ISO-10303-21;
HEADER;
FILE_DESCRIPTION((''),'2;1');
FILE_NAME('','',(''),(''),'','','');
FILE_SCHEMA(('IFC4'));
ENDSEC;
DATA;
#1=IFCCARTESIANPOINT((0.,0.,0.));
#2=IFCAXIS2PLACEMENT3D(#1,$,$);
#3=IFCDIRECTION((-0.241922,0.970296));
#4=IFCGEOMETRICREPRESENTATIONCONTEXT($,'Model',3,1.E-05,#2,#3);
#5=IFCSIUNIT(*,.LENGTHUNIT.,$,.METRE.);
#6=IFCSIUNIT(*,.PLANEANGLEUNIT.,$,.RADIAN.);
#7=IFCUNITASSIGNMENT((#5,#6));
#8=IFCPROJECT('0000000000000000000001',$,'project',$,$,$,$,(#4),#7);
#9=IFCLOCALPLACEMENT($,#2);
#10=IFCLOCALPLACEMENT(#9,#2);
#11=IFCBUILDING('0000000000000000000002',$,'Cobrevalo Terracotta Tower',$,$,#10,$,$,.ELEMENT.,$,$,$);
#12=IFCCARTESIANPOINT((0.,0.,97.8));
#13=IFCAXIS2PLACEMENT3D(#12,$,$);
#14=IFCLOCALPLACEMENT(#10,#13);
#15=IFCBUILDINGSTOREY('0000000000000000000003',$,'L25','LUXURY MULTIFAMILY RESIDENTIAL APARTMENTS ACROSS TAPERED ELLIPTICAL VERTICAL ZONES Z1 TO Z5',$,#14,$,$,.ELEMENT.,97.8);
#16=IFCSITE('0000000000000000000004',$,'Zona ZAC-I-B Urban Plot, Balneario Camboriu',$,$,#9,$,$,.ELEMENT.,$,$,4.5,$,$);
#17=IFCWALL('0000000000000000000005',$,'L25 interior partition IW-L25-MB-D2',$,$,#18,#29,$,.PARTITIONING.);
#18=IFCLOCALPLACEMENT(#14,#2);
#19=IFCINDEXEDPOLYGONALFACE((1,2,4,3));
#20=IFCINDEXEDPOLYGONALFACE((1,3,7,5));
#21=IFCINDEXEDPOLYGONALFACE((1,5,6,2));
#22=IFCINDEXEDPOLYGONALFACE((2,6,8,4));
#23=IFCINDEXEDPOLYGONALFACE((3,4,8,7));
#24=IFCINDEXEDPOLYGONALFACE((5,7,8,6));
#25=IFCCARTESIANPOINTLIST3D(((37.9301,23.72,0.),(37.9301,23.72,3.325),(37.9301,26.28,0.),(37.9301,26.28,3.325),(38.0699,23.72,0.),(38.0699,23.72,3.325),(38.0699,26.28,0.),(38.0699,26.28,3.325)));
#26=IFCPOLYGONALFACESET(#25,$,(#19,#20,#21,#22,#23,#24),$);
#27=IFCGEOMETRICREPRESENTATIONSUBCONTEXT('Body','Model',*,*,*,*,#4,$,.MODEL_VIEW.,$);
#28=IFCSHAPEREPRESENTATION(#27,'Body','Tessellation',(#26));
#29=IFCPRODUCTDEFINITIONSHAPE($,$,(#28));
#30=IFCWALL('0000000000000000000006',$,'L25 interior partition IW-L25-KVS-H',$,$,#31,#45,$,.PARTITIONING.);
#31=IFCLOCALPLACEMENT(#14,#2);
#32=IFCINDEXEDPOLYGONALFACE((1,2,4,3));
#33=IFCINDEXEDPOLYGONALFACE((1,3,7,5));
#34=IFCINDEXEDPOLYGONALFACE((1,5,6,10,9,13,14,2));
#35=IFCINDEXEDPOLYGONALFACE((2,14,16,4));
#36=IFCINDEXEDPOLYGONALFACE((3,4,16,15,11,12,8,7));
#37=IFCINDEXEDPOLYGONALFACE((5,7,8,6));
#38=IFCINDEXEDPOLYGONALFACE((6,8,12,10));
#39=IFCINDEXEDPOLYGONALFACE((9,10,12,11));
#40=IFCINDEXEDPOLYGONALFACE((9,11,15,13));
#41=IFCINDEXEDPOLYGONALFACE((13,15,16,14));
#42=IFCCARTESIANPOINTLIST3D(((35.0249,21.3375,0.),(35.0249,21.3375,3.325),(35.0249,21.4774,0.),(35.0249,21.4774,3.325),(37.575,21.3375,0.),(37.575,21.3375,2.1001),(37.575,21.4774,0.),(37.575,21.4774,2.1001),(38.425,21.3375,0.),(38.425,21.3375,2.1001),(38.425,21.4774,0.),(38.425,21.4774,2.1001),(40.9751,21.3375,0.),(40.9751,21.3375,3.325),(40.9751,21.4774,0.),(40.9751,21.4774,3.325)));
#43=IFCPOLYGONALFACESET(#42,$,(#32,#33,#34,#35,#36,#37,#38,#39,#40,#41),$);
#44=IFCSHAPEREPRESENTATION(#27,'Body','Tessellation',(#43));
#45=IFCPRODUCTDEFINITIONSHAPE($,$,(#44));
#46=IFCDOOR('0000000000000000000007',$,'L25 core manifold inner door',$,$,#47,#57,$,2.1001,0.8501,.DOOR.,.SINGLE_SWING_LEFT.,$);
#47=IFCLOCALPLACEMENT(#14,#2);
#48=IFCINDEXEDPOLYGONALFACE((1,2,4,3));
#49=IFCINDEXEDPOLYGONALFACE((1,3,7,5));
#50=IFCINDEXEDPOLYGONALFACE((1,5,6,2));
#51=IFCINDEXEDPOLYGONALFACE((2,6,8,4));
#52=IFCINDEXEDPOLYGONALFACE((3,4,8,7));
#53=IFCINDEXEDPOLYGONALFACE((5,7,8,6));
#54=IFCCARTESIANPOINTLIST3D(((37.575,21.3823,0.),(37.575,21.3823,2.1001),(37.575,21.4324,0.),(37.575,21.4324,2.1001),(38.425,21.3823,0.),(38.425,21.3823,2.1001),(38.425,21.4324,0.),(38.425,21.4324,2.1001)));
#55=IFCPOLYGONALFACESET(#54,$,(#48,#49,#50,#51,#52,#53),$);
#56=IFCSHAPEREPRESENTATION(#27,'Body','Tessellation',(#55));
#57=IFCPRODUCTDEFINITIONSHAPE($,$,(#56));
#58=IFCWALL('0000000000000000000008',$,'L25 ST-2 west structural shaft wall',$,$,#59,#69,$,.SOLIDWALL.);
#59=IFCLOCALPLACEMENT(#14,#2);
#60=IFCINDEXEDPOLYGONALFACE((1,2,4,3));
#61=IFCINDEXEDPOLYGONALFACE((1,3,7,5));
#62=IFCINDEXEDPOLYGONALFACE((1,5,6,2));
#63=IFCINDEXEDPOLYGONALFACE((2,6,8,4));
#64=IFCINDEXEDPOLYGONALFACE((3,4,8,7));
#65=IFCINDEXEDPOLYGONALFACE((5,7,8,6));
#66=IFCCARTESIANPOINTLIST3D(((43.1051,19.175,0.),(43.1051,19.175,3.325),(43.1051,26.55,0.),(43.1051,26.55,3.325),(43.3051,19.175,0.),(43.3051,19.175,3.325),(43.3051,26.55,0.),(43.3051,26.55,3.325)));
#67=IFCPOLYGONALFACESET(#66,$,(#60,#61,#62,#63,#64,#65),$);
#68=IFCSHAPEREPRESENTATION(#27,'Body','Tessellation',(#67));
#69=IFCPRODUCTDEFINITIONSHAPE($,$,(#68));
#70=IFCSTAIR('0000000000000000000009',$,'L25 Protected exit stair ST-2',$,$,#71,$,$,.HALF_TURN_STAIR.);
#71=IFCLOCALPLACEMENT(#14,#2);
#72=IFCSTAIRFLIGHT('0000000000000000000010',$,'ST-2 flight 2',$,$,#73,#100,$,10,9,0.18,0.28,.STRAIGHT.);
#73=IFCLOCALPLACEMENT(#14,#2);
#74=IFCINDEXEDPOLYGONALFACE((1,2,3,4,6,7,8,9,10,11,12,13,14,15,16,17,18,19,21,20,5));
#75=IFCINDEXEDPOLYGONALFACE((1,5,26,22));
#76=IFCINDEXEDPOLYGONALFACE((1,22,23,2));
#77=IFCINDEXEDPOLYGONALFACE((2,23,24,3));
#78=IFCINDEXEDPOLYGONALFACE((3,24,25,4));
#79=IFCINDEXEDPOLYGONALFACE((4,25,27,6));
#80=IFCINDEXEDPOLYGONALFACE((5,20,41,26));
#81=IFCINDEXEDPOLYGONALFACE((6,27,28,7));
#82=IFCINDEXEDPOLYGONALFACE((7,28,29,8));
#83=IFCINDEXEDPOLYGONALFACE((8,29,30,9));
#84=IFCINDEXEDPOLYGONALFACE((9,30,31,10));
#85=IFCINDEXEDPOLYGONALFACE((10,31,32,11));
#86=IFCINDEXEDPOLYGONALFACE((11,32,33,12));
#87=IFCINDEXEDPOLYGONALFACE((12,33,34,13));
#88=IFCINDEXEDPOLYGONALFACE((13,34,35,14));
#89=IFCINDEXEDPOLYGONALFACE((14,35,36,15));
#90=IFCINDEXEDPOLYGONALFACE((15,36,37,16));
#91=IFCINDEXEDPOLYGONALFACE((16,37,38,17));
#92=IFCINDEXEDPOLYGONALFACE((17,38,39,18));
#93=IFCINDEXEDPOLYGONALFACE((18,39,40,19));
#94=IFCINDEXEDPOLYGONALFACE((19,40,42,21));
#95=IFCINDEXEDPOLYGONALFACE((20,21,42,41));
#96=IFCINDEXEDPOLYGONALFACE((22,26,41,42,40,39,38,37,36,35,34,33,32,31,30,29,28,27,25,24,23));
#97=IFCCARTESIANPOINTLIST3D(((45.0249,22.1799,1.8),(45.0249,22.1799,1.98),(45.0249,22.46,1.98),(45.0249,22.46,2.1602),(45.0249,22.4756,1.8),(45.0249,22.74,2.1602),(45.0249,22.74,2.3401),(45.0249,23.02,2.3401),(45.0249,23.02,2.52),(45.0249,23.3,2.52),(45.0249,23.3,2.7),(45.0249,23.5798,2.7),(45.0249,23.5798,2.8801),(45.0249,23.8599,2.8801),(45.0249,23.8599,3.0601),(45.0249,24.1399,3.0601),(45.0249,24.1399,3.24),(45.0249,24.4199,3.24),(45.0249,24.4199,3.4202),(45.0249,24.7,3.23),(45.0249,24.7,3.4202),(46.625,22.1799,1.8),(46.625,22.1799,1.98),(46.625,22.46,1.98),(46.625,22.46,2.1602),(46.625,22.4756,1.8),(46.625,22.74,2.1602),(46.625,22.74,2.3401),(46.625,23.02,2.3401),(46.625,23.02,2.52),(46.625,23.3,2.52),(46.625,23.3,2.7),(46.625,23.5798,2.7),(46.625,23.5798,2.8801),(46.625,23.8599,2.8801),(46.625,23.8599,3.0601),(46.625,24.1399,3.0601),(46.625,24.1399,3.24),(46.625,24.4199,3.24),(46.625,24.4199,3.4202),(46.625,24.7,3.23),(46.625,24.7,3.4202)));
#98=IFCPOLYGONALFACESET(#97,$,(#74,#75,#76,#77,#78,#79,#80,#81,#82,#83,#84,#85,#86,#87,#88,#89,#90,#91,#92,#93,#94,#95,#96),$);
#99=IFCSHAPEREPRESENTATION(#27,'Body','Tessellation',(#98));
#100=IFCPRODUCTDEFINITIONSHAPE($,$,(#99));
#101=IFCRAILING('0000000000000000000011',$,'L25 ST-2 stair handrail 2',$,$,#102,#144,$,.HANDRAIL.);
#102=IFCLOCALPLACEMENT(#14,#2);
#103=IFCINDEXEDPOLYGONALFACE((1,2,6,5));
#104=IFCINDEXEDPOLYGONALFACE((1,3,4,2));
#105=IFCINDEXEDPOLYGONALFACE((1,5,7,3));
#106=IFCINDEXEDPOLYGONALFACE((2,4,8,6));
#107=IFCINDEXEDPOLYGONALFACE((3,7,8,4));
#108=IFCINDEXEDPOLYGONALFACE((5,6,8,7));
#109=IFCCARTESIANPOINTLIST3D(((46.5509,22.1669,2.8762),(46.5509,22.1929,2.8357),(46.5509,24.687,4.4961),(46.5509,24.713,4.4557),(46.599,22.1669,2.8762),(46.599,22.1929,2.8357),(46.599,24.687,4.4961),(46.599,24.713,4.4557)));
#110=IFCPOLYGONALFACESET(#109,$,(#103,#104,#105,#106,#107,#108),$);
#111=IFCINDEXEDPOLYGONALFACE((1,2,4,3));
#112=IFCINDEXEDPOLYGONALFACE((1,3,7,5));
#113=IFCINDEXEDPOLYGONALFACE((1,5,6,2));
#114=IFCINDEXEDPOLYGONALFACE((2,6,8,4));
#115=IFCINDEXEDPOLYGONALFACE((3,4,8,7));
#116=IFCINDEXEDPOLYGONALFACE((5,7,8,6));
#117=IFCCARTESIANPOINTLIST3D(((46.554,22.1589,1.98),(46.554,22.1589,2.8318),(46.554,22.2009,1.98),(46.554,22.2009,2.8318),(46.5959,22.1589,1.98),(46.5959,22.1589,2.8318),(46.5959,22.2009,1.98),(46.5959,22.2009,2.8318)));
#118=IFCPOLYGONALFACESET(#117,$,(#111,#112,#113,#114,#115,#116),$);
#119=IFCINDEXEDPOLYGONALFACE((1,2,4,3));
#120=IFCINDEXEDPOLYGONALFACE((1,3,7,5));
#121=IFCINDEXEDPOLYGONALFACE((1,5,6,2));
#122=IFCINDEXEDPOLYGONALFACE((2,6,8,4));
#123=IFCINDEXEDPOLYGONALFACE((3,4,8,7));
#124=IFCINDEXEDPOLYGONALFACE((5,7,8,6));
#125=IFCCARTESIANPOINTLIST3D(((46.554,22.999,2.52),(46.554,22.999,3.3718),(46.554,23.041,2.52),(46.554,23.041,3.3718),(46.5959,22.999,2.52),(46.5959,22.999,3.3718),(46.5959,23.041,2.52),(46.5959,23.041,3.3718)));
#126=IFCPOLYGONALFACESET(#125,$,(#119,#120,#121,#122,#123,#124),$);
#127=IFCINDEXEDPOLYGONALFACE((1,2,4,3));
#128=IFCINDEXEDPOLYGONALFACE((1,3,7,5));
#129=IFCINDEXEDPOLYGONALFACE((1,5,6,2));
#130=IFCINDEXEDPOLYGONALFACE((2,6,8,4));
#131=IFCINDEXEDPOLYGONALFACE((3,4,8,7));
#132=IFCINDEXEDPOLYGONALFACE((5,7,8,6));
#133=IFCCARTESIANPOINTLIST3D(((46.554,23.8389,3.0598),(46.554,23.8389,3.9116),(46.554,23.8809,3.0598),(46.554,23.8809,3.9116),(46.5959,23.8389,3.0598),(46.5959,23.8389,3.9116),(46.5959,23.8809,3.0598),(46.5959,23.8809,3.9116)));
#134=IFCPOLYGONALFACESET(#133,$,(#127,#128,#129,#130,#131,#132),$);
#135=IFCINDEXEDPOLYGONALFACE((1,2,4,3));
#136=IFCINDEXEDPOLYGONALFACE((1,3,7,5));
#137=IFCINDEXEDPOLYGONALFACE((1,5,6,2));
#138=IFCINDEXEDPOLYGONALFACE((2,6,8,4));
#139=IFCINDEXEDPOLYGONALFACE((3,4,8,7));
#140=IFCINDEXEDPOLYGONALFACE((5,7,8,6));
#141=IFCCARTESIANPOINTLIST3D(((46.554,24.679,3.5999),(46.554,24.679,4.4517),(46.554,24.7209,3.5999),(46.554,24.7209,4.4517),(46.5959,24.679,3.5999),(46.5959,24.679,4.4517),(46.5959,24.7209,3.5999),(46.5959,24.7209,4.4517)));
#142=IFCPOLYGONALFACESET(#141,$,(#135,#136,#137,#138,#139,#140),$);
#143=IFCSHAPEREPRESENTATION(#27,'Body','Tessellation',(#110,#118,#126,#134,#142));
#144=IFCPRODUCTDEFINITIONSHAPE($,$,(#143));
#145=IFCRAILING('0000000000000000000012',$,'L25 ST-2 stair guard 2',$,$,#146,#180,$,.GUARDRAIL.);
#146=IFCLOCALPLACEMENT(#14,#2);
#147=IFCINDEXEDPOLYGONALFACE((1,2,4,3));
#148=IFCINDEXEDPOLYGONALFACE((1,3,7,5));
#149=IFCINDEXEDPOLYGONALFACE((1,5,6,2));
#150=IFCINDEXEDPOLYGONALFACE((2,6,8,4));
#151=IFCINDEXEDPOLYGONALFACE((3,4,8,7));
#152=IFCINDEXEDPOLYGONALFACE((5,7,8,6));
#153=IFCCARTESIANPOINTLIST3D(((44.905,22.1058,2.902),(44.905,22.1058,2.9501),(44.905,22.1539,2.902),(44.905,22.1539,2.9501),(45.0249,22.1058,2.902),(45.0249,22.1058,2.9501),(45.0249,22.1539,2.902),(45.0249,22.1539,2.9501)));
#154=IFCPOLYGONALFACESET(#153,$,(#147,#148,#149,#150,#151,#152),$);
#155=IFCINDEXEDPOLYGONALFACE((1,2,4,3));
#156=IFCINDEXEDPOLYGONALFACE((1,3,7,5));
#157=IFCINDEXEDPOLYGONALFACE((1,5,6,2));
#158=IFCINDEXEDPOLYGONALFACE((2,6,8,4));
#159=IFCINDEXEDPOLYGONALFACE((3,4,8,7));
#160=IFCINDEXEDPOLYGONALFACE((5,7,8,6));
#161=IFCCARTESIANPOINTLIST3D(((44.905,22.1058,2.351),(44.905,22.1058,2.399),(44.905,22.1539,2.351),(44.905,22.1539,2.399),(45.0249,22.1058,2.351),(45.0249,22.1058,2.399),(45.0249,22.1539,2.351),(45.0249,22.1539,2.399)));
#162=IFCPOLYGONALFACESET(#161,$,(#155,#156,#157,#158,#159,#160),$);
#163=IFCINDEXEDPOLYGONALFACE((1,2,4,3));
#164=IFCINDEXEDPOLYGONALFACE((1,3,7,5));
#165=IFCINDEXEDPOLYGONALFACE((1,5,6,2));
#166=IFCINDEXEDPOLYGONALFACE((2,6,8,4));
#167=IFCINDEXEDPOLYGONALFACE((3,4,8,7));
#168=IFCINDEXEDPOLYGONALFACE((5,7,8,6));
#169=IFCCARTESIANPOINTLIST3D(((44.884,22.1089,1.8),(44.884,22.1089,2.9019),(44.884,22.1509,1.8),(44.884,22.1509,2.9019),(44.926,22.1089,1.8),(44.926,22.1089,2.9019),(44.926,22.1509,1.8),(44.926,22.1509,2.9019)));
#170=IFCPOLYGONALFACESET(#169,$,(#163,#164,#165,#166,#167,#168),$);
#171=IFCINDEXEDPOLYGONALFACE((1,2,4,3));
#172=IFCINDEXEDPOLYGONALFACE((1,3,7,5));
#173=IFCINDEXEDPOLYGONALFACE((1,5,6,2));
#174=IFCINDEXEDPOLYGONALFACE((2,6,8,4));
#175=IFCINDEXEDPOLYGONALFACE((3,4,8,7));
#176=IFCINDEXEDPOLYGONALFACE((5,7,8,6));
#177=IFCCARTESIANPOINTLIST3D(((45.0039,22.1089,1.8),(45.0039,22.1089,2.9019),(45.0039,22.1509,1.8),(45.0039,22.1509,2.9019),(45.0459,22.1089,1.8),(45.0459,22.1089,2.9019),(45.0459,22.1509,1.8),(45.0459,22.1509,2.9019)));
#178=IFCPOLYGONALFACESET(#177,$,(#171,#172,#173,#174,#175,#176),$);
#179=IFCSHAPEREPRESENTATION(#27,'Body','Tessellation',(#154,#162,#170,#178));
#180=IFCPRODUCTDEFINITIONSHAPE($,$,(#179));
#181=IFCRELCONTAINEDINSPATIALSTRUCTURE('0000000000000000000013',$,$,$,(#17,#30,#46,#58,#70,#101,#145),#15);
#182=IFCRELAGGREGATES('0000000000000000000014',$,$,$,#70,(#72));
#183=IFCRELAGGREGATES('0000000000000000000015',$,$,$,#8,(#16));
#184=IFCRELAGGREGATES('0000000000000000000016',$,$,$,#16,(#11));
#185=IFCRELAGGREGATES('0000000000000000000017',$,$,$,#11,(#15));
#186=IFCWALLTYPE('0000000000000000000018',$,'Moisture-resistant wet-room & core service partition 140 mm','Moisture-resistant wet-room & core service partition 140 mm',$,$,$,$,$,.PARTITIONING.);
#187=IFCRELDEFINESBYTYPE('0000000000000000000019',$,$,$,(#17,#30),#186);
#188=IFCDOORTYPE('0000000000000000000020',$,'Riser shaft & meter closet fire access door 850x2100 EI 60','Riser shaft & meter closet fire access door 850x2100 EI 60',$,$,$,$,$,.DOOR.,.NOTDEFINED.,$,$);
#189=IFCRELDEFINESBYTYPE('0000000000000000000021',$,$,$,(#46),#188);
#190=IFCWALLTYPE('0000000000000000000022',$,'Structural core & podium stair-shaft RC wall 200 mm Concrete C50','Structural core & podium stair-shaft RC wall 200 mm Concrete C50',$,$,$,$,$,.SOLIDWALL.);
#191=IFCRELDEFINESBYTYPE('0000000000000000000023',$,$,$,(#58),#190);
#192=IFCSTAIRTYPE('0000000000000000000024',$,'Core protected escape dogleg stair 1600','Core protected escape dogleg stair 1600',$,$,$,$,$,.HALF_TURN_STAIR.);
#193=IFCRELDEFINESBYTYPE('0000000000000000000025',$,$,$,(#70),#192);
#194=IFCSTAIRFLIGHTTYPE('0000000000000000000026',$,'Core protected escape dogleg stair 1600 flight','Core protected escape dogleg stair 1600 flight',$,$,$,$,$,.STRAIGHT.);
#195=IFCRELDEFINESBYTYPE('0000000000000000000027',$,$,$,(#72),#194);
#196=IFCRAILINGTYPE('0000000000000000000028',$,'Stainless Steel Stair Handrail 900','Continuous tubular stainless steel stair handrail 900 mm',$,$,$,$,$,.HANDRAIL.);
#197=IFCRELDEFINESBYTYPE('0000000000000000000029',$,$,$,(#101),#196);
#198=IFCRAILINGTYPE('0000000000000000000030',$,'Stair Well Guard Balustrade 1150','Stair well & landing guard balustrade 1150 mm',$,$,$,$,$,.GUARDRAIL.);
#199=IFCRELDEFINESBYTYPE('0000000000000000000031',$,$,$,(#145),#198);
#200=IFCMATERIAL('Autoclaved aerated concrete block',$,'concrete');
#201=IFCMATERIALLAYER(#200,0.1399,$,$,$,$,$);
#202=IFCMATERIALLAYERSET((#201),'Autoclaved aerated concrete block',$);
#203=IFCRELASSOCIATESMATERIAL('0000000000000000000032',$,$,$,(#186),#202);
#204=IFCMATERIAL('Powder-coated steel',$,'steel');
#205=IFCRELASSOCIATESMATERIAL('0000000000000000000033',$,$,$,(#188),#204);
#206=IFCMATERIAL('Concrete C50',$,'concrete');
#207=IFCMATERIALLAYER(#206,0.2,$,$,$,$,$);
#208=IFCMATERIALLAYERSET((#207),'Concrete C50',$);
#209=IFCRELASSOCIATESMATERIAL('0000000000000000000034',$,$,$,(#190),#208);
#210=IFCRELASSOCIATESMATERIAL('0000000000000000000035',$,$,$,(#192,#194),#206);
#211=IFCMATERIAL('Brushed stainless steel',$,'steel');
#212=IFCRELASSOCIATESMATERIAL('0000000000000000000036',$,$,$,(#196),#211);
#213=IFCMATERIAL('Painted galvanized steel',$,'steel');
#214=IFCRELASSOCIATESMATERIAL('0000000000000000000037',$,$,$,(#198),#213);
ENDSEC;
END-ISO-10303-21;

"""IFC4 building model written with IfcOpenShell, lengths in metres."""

from ifc_helpers import new_model, si_unit, direction, frame, frame_2d, origin, origin_2d, place, context, subcontext, project, spatial, polyline, rectangle, outline, extrude, source, transform, mapped, material, layer, layer_set, type_object, element, fill, aggregate, save


model = new_model("IFC4")

# Units and contexts
model_context = context("Model", 3, precision=1e-05, world=origin(), true_north=direction((-0.241922, 0.970296)))
body_context = subcontext(model_context, "Body", "Model", "MODEL_VIEW")
ifc_project = project(units=[si_unit("LENGTHUNIT", "METRE"), si_unit("PLANEANGLEUNIT", "RADIAN")], contexts=[model_context])

# Site, building, storey
site_placement = place(None, origin())
site = spatial("IfcSite", under=ifc_project, at=site_placement, Name="Zona ZAC-I-B Urban Plot, Balneario Camboriu", CompositionType="ELEMENT", RefElevation=4.5)
building_placement = place(site_placement, origin())
building = spatial("IfcBuilding", under=site, at=building_placement, Name="Cobrevalo Terracotta Tower", CompositionType="ELEMENT")
storey_placement = place(building_placement, frame((0.0, 0.0, 97.8)))
storey = spatial("IfcBuildingStorey", under=building, at=storey_placement, Name="L25", Description="LUXURY MULTIFAMILY RESIDENTIAL APARTMENTS ACROSS TAPERED ELLIPTICAL VERTICAL ZONES Z1 TO Z5", CompositionType="ELEMENT", Elevation=97.8)

# Shared definitions
ifc_material_1 = material(Name="Autoclaved aerated concrete block", Category="concrete")

# Wall
ifc_layer_1 = layer(ifc_material_1, 0.1399)
ifc_layer_set_1 = layer_set([ifc_layer_1], Name="Autoclaved aerated concrete block")
wall_type_1 = type_object("IfcWallType", Name="Moisture-resistant wet-room & core service partition 140 mm", Description="Moisture-resistant wet-room & core service partition 140 mm", PredefinedType="PARTITIONING", material=ifc_layer_set_1)
wall_1_placement = place(storey_placement, frame((38.0, 23.72, 0.0), z_axis=(0.0, 0.0, 1.0), x_axis=(0.0, 1.0, 0.0)))
element("IfcWall", 1, at=wall_1_placement, inside=storey, type_object=wall_type_1, Name="L25 interior partition IW-L25-MB-D2", PredefinedType="PARTITIONING", context=body_context, shape_type="SweptSolid", body=[
    extrude(rectangle(XDim=2.5601, YDim=0.1399, at=frame_2d((1.28, 0.0))), origin(), (0.0, 0.0, 1.0), 3.325),
])

# Wall, opening, door
wall_2_placement = place(storey_placement, frame((35.0249, 21.4075, 0.0), z_axis=(0.0, 0.0, 1.0), x_axis=(1.0, 0.0, 0.0)))
wall_2 = element("IfcWall", 2, at=wall_2_placement, inside=storey, type_object=wall_type_1, Name="L25 interior partition IW-L25-KVS-H", PredefinedType="PARTITIONING", context=body_context, shape_type="SweptSolid", body=[
    extrude(rectangle(XDim=5.9502, YDim=0.1399, at=frame_2d((2.9751, 0.0))), origin(), (0.0, 0.0, 1.0), 3.325),
])
opening_1_placement = place(wall_2_placement, frame((2.55, 0.0, 0.0)))
opening_1 = element("IfcOpeningElement", 3, at=opening_1_placement, cuts=wall_2, PredefinedType="OPENING", context=body_context, shape_type="SweptSolid", body=[
    extrude(rectangle(XDim=0.8501, YDim=2.1001, at=frame_2d((0.425, 1.05))), frame((0.0, 0.0801, 0.0), z_axis=(0.0, -1.0, 0.0), x_axis=(1.0, 0.0, 0.0)), (0.0, 0.0, 1.0), 0.1599),
])
ifc_material_2 = material(Name="Powder-coated steel", Category="steel")
door_type_1 = type_object("IfcDoorType", Name="Riser shaft & meter closet fire access door 850x2100 EI 60", Description="Riser shaft & meter closet fire access door 850x2100 EI 60", OperationType="NOTDEFINED", PredefinedType="DOOR", material=ifc_material_2)
shared_shape_1 = source(origin(), body_context, "Body", "SweptSolid", [
    extrude(rectangle(XDim=0.8501, YDim=2.1001, at=frame_2d((0.425, 1.05))), frame((0.0, 0.0249, 0.0), z_axis=(0.0, -1.0, 0.0), x_axis=(1.0, 0.0, 0.0)), (0.0, 0.0, 1.0), 0.05),
])
door_1_placement = place(opening_1_placement, origin())
door_1 = element("IfcDoor", 4, at=door_1_placement, inside=storey, type_object=door_type_1, Name="L25 core manifold inner door", OperationType="SINGLE_SWING_LEFT", OverallHeight=2.1001, OverallWidth=0.8501, PredefinedType="DOOR", context=body_context, shape_type="MappedRepresentation", body=[
    mapped(shared_shape_1, transform((0.0, 0.0, 0.0), scale=1.0)),
])
fill(opening_1, door_1)

# Wall
ifc_material_3 = material(Name="Concrete C50", Category="concrete")
ifc_layer_2 = layer(ifc_material_3, 0.2)
ifc_layer_set_2 = layer_set([ifc_layer_2], Name="Concrete C50")
wall_type_2 = type_object("IfcWallType", Name="Structural core & podium stair-shaft RC wall 200 mm Concrete C50", Description="Structural core & podium stair-shaft RC wall 200 mm Concrete C50", PredefinedType="SOLIDWALL", material=ifc_layer_set_2)
wall_3_placement = place(storey_placement, frame((43.2051, 19.175, 0.0), z_axis=(0.0, 0.0, 1.0), x_axis=(0.0, 1.0, 0.0)))
element("IfcWall", 5, at=wall_3_placement, inside=storey, type_object=wall_type_2, Name="L25 ST-2 west structural shaft wall", PredefinedType="SOLIDWALL", context=body_context, shape_type="SweptSolid", body=[
    extrude(rectangle(XDim=7.375, YDim=0.2, at=frame_2d((3.6875, 0.0))), origin(), (0.0, 0.0, 1.0), 3.325),
])

# Stair, stair flight
stair_type = type_object("IfcStairType", Name="Core protected escape dogleg stair 1600", Description="Core protected escape dogleg stair 1600", PredefinedType="HALF_TURN_STAIR", material=ifc_material_3)
stair_placement = place(storey_placement, origin())
stair = element("IfcStair", 6, at=stair_placement, inside=storey, type_object=stair_type, Name="L25 Protected exit stair ST-2", PredefinedType="HALF_TURN_STAIR")
stair_flight_type = type_object("IfcStairFlightType", Name="Core protected escape dogleg stair 1600 flight", Description="Core protected escape dogleg stair 1600 flight", PredefinedType="STRAIGHT", material=ifc_material_3)
stair_flight_placement = place(storey_placement, frame((45.825, 22.1799, 1.8), z_axis=(0.0, 0.0, 1.0), x_axis=(0.0, 1.0, 0.0)))
stair_flight = element("IfcStairFlight", 7, at=stair_flight_placement, type_object=stair_flight_type, Name="ST-2 flight 2", NumberOfRisers=10, NumberOfTreads=9, PredefinedType="STRAIGHT", RiserHeight=0.18, TreadLength=0.28, context=body_context, shape_type="SweptSolid", body=[
    extrude(outline(polyline([(0.0, 0.0), (0.0, 0.1799), (0.28, 0.1799), (0.28, 0.3601), (0.5601, 0.3601), (0.5601, 0.54), (0.8401, 0.54), (0.8401, 0.72), (1.1201, 0.72), (1.1201, 0.8999), (1.3999, 0.8999), (1.3999, 1.0801), (1.6799, 1.0801), (1.6799, 1.26), (1.96, 1.26), (1.96, 1.4399), (2.24, 1.4399), (2.24, 1.6201), (2.52, 1.6201), (2.52, 1.8), (2.52, 1.4299), (0.2957, 0.0), (0.0, 0.0)])), frame((0.0, 0.8, 0.0), z_axis=(0.0, -1.0, 0.0), x_axis=(1.0, 0.0, 0.0)), (0.0, 0.0, 1.0), 1.6001),
])
aggregate(stair, [stair_flight])

# Railings
ifc_material_4 = material(Name="Brushed stainless steel", Category="steel")
railing_type_1 = type_object("IfcRailingType", Name="Stainless Steel Stair Handrail 900", Description="Continuous tubular stainless steel stair handrail 900 mm", PredefinedType="HANDRAIL", material=ifc_material_4)
railing_1_placement = place(storey_placement, frame((46.575, 22.1799, 1.98)))
element("IfcRailing", 8, at=railing_1_placement, inside=storey, type_object=railing_type_1, Name="L25 ST-2 stair handrail 2", PredefinedType="HANDRAIL", context=body_context, shape_type="SweptSolid", body=[
    extrude(rectangle(XDim=0.0481, YDim=0.0481, at=origin_2d()), frame((0.0, 0.0, 0.876), z_axis=(0.0, 0.8412, 0.540725), x_axis=(-1.0, 0.0, 0.0)), (0.0, 0.0, 1.0), 2.9958),
    extrude(rectangle(XDim=0.042, YDim=0.042, at=origin_2d()), origin(), (0.0, 0.0, 1.0), 0.8518),
    extrude(rectangle(XDim=0.042, YDim=0.042, at=origin_2d()), frame((0.0, 0.8401, 0.54)), (0.0, 0.0, 1.0), 0.8518),
    extrude(rectangle(XDim=0.042, YDim=0.042, at=origin_2d()), frame((0.0, 1.6799, 1.0798)), (0.0, 0.0, 1.0), 0.8518),
    extrude(rectangle(XDim=0.042, YDim=0.042, at=origin_2d()), frame((0.0, 2.52, 1.6199)), (0.0, 0.0, 1.0), 0.8518),
])
ifc_material_5 = material(Name="Painted galvanized steel", Category="steel")
railing_type_2 = type_object("IfcRailingType", Name="Stair Well Guard Balustrade 1150", Description="Stair well & landing guard balustrade 1150 mm", PredefinedType="GUARDRAIL", material=ifc_material_5)
railing_2_placement = place(storey_placement, frame((44.905, 22.1299, 1.8)))
element("IfcRailing", 9, at=railing_2_placement, inside=storey, type_object=railing_type_2, Name="L25 ST-2 stair guard 2", PredefinedType="GUARDRAIL", context=body_context, shape_type="SweptSolid", body=[
    extrude(rectangle(XDim=0.0481, YDim=0.0481, at=origin_2d()), frame((0.0, 0.0, 1.126), z_axis=(1.0, 0.0, 0.0), x_axis=(0.0, 1.0, 0.0)), (0.0, 0.0, 1.0), 0.1199),
    extrude(rectangle(XDim=0.0481, YDim=0.0481, at=origin_2d()), frame((0.0, 0.0, 0.575), z_axis=(1.0, 0.0, 0.0), x_axis=(0.0, 1.0, 0.0)), (0.0, 0.0, 1.0), 0.1199),
    extrude(rectangle(XDim=0.042, YDim=0.042, at=origin_2d()), origin(), (0.0, 0.0, 1.0), 1.1018),
    extrude(rectangle(XDim=0.042, YDim=0.042, at=origin_2d()), frame((0.1199, 0.0, 0.0)), (0.0, 0.0, 1.0), 1.1018),
])

save(model, "model.ifc")
